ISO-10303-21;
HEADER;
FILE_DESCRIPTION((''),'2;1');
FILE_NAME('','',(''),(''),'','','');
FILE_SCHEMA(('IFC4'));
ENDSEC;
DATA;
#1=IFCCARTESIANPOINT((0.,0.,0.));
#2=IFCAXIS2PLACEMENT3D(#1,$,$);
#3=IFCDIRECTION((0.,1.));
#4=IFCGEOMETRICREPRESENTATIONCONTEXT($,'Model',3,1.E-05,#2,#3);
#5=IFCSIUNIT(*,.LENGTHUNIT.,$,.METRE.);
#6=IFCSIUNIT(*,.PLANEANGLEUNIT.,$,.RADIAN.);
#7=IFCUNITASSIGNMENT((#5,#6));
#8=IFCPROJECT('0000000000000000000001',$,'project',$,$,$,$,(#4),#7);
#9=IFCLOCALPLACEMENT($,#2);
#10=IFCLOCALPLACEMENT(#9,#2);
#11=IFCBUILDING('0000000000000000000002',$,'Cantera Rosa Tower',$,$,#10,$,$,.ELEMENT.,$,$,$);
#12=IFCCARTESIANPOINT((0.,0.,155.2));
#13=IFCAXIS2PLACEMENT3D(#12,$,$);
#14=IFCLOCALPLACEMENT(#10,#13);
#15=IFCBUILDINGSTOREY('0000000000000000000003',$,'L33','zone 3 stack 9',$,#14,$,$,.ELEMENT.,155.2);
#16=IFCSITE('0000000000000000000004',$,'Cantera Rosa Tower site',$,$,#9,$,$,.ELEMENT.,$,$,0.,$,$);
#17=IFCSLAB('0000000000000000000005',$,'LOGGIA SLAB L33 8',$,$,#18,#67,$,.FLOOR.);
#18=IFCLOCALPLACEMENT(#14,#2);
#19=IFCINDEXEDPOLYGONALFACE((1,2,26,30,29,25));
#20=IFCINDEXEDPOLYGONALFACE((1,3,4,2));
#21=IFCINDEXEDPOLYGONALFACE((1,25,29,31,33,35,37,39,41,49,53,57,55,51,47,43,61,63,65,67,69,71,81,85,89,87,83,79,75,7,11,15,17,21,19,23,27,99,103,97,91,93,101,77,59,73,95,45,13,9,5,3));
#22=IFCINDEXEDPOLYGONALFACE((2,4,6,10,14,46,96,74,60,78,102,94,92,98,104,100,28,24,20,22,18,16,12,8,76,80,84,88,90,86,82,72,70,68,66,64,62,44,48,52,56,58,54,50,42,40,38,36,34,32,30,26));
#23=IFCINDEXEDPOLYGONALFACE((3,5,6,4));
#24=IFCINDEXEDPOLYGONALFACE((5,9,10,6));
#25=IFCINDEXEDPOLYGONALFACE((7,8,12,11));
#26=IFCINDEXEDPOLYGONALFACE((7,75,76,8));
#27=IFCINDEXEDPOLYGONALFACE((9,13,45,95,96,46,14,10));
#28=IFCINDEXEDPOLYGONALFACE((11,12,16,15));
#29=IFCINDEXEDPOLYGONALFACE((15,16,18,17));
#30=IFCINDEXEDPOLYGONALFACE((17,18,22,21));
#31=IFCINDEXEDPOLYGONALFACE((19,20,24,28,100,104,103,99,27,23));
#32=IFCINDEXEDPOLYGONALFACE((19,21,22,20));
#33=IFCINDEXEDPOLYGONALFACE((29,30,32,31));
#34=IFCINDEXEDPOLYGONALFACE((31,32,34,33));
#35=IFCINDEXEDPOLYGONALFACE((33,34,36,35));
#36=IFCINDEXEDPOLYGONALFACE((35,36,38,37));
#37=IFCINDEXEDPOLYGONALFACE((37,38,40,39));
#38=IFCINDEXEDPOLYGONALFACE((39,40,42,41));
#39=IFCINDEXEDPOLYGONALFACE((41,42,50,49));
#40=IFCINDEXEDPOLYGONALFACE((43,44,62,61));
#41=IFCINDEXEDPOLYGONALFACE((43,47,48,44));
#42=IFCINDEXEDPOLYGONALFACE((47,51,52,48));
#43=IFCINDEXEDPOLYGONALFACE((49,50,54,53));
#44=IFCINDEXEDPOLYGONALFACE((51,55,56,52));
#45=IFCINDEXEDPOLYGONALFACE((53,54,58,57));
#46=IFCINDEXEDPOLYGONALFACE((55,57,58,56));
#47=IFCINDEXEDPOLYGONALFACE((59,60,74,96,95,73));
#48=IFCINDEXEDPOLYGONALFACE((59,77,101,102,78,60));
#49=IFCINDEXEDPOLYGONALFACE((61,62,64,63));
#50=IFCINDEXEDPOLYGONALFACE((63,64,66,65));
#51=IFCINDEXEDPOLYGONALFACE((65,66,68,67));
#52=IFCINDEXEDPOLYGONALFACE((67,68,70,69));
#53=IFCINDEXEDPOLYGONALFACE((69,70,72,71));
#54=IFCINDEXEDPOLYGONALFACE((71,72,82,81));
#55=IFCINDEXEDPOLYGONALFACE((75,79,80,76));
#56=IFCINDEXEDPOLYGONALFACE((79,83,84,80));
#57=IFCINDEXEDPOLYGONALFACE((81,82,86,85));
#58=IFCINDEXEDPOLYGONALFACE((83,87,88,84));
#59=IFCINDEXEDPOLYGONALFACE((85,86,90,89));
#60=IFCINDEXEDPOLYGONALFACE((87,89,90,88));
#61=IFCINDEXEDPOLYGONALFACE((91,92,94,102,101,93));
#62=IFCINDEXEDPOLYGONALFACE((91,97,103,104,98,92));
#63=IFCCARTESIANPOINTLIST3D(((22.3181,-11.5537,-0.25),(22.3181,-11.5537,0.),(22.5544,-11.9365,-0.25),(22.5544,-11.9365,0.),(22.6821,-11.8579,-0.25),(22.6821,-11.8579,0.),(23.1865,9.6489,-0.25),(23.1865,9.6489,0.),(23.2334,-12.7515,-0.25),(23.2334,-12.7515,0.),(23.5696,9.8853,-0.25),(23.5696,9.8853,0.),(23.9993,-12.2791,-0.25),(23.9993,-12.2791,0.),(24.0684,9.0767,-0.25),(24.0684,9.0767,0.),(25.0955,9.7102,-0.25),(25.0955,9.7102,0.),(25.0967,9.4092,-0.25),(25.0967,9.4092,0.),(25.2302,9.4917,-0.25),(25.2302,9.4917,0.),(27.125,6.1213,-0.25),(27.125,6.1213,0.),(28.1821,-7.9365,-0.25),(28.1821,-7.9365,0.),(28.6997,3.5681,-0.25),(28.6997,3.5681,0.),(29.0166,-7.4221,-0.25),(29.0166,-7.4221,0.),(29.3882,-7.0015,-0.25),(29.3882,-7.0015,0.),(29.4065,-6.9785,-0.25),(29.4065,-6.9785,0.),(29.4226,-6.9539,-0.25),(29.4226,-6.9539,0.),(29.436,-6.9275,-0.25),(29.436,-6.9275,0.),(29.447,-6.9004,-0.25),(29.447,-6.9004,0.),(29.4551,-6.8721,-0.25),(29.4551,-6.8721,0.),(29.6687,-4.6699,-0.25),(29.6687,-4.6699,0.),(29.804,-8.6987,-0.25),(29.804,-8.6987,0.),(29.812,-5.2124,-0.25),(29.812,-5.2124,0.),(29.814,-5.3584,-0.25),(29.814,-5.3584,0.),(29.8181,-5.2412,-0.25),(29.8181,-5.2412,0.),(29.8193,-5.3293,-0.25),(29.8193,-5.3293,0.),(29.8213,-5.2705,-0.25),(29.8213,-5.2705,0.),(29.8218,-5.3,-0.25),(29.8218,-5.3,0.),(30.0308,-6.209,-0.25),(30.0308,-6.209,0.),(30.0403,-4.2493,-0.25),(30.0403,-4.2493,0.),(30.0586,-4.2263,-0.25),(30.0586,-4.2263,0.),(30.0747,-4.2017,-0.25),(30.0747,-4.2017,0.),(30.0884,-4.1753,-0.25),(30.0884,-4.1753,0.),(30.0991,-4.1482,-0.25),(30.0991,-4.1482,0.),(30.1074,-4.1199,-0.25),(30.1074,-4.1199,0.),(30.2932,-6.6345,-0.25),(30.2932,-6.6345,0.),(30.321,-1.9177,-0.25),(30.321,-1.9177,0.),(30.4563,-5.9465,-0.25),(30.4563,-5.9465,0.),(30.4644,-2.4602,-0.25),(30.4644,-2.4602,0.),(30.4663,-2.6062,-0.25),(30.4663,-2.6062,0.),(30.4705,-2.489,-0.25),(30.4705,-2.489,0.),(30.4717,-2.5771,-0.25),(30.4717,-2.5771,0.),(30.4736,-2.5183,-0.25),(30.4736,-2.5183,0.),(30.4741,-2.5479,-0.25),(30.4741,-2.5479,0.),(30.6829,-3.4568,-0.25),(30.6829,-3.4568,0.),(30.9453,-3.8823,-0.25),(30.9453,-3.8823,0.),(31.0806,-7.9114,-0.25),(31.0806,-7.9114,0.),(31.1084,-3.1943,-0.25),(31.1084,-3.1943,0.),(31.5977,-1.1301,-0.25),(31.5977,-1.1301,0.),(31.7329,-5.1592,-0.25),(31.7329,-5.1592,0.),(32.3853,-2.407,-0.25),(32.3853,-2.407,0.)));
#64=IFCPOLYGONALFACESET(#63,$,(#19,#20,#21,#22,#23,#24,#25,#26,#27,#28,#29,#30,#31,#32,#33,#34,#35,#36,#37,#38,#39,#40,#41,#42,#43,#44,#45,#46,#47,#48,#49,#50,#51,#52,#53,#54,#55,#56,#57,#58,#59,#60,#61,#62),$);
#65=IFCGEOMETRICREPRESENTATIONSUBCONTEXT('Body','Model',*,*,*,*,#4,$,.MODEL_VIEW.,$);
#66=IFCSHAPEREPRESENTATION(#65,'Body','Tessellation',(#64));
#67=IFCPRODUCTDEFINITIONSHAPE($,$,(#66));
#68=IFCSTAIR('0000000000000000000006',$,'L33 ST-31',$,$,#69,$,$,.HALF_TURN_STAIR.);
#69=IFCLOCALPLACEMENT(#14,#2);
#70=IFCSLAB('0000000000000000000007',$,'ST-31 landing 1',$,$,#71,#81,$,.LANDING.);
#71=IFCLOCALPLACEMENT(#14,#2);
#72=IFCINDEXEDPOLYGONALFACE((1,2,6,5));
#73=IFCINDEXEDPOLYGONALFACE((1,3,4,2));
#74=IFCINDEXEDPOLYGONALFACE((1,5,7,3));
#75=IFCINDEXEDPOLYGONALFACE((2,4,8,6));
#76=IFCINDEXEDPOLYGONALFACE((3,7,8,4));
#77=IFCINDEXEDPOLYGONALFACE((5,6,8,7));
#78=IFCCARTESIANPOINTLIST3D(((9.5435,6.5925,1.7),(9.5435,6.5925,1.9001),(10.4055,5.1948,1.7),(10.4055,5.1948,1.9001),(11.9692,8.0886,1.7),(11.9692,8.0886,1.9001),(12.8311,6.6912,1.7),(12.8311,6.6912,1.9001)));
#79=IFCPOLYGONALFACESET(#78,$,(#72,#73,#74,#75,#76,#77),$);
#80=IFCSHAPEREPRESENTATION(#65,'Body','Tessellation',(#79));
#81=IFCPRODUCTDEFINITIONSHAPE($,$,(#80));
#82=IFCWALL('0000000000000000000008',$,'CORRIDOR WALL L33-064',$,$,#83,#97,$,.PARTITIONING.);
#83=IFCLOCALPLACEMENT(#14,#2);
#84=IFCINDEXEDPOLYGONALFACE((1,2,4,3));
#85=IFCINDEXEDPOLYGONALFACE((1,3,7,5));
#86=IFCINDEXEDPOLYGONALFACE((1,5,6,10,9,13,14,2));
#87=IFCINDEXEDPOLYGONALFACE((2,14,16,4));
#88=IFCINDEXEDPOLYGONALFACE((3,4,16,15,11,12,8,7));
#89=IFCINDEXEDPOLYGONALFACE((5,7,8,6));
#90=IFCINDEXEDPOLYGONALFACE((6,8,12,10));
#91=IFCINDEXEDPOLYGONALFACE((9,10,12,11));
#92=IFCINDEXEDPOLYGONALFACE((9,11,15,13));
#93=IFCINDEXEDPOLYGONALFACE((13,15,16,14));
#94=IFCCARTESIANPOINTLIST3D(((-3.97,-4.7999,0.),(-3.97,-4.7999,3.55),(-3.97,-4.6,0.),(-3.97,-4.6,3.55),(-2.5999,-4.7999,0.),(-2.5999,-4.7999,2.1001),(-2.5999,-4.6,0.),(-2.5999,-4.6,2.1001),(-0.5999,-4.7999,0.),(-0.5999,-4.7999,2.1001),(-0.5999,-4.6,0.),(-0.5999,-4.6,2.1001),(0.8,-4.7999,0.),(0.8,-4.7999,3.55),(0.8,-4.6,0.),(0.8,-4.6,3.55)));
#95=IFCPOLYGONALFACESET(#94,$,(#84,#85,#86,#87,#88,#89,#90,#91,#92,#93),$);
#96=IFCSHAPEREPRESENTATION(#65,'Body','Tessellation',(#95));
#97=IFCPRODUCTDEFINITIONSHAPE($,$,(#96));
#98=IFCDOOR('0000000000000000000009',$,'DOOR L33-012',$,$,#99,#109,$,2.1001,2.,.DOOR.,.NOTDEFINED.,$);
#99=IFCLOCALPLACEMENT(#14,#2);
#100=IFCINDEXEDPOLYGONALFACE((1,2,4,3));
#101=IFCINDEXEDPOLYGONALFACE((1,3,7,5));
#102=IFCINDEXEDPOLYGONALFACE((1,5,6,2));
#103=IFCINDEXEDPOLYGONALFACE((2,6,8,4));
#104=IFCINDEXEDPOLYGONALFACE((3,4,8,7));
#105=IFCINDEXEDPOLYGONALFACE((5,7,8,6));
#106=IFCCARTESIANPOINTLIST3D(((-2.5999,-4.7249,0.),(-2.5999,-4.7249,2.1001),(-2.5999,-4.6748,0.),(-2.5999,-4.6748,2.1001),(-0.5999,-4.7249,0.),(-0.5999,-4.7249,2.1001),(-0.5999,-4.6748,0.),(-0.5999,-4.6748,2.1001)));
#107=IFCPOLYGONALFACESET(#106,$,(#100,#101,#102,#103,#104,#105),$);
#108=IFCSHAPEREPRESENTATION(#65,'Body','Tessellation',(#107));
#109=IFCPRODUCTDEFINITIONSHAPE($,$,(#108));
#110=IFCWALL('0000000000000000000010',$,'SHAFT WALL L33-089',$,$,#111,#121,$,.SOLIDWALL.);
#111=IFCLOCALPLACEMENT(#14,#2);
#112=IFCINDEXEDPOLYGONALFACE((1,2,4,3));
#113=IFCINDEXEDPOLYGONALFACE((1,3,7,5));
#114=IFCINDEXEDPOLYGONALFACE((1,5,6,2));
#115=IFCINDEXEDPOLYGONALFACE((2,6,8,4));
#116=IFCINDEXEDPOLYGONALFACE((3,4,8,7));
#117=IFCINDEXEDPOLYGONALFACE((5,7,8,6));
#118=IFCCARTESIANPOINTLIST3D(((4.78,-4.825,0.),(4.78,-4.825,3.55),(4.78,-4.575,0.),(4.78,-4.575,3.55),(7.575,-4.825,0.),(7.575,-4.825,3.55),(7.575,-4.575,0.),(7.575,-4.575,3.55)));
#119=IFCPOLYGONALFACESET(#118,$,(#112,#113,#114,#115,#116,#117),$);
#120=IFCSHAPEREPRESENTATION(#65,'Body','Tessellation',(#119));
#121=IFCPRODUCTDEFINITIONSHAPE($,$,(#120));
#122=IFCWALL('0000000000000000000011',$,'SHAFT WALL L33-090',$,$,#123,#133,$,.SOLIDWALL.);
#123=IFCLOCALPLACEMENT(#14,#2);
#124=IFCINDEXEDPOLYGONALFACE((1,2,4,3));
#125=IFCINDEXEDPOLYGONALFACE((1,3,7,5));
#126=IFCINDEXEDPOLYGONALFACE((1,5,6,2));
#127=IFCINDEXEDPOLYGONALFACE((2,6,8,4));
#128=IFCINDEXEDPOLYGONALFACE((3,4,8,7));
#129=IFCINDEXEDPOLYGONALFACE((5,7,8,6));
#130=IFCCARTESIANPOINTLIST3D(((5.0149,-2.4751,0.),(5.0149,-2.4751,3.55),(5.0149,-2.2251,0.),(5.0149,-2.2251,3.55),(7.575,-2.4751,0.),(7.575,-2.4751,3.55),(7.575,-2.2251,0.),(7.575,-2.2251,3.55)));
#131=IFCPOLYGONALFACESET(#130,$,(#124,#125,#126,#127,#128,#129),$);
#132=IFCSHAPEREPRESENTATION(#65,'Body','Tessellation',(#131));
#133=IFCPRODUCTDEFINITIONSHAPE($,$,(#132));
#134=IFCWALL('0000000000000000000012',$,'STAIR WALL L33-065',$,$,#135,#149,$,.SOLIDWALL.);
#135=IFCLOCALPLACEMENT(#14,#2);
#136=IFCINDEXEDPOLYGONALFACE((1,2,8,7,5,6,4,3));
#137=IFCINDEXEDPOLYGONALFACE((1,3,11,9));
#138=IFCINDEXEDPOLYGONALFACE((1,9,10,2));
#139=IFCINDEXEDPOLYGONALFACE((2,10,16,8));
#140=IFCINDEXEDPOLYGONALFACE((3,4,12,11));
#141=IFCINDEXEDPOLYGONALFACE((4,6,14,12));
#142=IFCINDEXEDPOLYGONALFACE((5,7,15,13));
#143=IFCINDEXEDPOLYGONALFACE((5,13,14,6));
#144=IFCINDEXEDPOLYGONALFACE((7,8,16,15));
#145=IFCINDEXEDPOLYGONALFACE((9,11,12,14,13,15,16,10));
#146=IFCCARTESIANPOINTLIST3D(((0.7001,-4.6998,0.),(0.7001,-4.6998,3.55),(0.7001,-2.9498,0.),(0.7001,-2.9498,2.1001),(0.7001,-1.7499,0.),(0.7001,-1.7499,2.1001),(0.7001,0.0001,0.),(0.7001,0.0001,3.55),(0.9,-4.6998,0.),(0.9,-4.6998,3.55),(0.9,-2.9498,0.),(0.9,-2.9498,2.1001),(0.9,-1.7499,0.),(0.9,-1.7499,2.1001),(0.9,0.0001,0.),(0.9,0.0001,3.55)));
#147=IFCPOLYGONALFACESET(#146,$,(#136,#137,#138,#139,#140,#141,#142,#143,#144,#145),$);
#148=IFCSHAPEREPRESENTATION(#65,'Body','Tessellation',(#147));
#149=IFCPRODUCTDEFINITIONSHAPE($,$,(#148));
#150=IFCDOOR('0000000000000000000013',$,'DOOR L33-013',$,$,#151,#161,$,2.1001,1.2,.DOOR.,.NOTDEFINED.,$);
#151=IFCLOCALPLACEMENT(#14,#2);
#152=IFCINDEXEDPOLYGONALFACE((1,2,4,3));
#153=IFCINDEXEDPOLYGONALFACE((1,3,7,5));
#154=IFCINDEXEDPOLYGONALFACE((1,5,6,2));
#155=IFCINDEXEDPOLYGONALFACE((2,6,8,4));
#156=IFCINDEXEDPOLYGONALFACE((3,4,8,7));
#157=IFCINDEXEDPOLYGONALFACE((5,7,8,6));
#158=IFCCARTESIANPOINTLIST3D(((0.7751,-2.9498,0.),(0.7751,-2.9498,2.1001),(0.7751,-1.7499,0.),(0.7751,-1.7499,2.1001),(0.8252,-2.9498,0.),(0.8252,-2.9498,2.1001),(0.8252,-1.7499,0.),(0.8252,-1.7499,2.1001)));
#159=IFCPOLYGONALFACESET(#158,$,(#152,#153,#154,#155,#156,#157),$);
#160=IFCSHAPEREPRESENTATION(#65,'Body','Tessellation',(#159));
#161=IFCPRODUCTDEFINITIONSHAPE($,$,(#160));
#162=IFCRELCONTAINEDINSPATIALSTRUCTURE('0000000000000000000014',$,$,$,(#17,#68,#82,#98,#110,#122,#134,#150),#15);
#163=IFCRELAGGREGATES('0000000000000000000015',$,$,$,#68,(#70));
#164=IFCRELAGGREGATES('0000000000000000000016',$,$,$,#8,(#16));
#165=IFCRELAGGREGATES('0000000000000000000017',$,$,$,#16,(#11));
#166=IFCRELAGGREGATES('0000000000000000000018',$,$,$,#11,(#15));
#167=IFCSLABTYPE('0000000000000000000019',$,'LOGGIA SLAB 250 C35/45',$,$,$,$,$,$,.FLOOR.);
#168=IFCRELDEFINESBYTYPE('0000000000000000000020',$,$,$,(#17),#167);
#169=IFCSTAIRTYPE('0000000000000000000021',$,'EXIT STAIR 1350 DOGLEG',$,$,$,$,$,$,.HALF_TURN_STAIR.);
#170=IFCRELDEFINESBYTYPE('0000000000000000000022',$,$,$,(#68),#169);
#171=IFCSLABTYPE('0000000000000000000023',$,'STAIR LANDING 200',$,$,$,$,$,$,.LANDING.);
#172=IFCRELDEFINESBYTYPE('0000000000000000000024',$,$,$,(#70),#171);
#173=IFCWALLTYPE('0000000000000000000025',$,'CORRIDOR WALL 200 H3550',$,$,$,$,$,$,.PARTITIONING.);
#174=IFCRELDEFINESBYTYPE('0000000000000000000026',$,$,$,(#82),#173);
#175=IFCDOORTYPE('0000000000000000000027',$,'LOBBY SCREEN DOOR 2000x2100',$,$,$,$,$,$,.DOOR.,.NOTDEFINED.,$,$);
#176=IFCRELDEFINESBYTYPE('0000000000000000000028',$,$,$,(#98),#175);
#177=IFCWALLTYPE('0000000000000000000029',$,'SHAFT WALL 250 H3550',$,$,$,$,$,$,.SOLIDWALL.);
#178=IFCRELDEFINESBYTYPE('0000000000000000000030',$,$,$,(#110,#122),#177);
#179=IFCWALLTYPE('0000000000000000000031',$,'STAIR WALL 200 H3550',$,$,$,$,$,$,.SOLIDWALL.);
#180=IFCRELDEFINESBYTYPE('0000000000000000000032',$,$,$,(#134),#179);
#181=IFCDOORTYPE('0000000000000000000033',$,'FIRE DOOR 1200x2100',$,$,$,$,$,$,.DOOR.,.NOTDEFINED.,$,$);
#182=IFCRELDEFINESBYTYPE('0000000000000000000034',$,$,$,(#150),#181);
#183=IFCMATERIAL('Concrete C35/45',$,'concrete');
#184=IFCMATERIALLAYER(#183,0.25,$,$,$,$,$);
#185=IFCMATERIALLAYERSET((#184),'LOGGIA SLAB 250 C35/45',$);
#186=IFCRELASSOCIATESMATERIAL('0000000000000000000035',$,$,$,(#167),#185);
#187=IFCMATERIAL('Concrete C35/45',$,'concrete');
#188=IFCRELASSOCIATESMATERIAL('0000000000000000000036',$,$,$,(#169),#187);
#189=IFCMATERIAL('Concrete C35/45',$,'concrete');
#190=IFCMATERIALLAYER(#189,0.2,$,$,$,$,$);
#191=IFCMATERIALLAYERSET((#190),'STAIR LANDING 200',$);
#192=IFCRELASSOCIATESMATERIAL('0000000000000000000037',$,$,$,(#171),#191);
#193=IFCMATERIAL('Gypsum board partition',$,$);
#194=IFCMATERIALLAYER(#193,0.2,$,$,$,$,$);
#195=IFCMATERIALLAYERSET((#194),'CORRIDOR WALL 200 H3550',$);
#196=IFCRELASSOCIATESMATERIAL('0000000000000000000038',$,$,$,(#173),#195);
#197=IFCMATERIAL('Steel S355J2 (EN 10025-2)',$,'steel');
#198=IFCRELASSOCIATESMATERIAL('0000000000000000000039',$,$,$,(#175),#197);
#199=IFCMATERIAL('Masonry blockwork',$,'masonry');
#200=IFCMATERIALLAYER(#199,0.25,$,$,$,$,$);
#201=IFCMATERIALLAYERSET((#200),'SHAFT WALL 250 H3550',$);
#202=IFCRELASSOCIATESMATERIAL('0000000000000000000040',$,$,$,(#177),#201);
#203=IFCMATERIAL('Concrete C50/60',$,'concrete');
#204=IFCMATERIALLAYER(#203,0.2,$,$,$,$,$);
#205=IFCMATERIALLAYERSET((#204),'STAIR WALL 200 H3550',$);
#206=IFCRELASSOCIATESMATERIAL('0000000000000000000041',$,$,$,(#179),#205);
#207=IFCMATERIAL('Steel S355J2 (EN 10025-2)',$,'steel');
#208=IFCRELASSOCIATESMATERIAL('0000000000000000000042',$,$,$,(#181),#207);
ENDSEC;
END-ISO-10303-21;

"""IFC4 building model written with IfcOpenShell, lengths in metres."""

from ifc_helpers import new_model, si_unit, direction, frame, frame_2d, origin, place, context, subcontext, project, spatial, polyline, rectangle, outline, extrude, material, layer, layer_set, type_object, element, fill, aggregate, save


model = new_model("IFC4")

# Units and contexts
model_context = context("Model", 3, precision=1e-05, world=origin(), true_north=direction((0.0, 1.0)))
body_context = subcontext(model_context, "Body", "Model", "MODEL_VIEW")
ifc_project = project(units=[si_unit("LENGTHUNIT", "METRE"), si_unit("PLANEANGLEUNIT", "RADIAN")], contexts=[model_context])

# Site, building, storey
site_placement = place(None, origin())
site = spatial("IfcSite", under=ifc_project, at=site_placement, Name="Cantera Rosa Tower site", CompositionType="ELEMENT", RefElevation=0.0)
building_placement = place(site_placement, origin())
building = spatial("IfcBuilding", under=site, at=building_placement, Name="Cantera Rosa Tower", CompositionType="ELEMENT")
storey_placement = place(building_placement, frame((0.0, 0.0, 155.2)))
storey = spatial("IfcBuildingStorey", under=building, at=storey_placement, Name="L33", Description="zone 3 stack 9", CompositionType="ELEMENT", Elevation=155.2)

# Slab
ifc_material_1 = material(Name="Concrete C35/45", Category="concrete")
ifc_layer_1 = layer(ifc_material_1, 0.25)
ifc_layer_set_1 = layer_set([ifc_layer_1], Name="LOGGIA SLAB 250 C35/45")
slab_type_1 = type_object("IfcSlabType", Name="LOGGIA SLAB 250 C35/45", PredefinedType="FLOOR", material=ifc_layer_set_1)
slab_1_placement = place(storey_placement, frame((0.0, 0.0, -0.25)))
element("IfcSlab", 1, at=slab_1_placement, inside=storey, type_object=slab_type_1, Name="LOGGIA SLAB L33 8", PredefinedType="FLOOR", context=body_context, shape_type="SweptSolid", body=[
    extrude(outline(polyline([(27.125, 6.1213), (28.6997, 3.5681), (31.5977, -1.1301), (32.3853, -2.407), (31.1084, -3.1943), (30.6829, -3.4568), (30.9453, -3.8823), (31.7329, -5.1592), (30.4563, -5.9465), (30.0308, -6.209), (30.2932, -6.6345), (31.0806, -7.9114), (29.804, -8.6987), (23.9993, -12.2791), (23.2334, -12.7515), (22.6821, -11.8579), (22.5544, -11.9365), (22.3181, -11.5537), (28.1821, -7.9365), (29.0166, -7.4221), (29.3882, -7.0015), (29.4065, -6.9785), (29.4226, -6.9539), (29.436, -6.9275), (29.447, -6.9004), (29.4551, -6.8721), (29.814, -5.3584), (29.8193, -5.3293), (29.8218, -5.3), (29.8213, -5.2705), (29.8181, -5.2412), (29.812, -5.2124), (29.6687, -4.6699), (30.0403, -4.2493), (30.0586, -4.2263), (30.0747, -4.2017), (30.0884, -4.1753), (30.0991, -4.1482), (30.1074, -4.1199), (30.4663, -2.6062), (30.4717, -2.5771), (30.4741, -2.5479), (30.4736, -2.5183), (30.4705, -2.489), (30.4644, -2.4602), (30.321, -1.9177), (23.1865, 9.6489), (23.5696, 9.8853), (24.0684, 9.0767), (25.0955, 9.7102), (25.2302, 9.4917), (25.0967, 9.4092), (27.125, 6.1213)])), origin(), (0.0, 0.0, 1.0), 0.25),
])

# Stair, slab
ifc_material_2 = material(Name="Concrete C35/45", Category="concrete")
stair_type = type_object("IfcStairType", Name="EXIT STAIR 1350 DOGLEG", PredefinedType="HALF_TURN_STAIR", material=ifc_material_2)
stair_placement = place(storey_placement, origin())
stair = element("IfcStair", 2, at=stair_placement, inside=storey, type_object=stair_type, Name="L33 ST-31", PredefinedType="HALF_TURN_STAIR")
ifc_material_3 = material(Name="Concrete C35/45", Category="concrete")
ifc_layer_2 = layer(ifc_material_3, 0.2)
ifc_layer_set_2 = layer_set([ifc_layer_2], Name="STAIR LANDING 200")
slab_type_2 = type_object("IfcSlabType", Name="STAIR LANDING 200", PredefinedType="LANDING", material=ifc_layer_set_2)
slab_2_placement = place(storey_placement, frame((0.0, 0.0, 1.7)))
slab_2 = element("IfcSlab", 3, at=slab_2_placement, type_object=slab_type_2, Name="ST-31 landing 1", PredefinedType="LANDING", context=body_context, shape_type="SweptSolid", body=[
    extrude(outline(polyline([(12.8311, 6.6912), (11.9692, 8.0886), (9.5435, 6.5925), (10.4055, 5.1948), (12.8311, 6.6912)])), origin(), (0.0, 0.0, 1.0), 0.2002),
])
aggregate(stair, [slab_2])

# Wall, opening, door
ifc_material_4 = material(Name="Gypsum board partition")
ifc_layer_3 = layer(ifc_material_4, 0.2)
ifc_layer_set_3 = layer_set([ifc_layer_3], Name="CORRIDOR WALL 200 H3550")
wall_type_1 = type_object("IfcWallType", Name="CORRIDOR WALL 200 H3550", PredefinedType="PARTITIONING", material=ifc_layer_set_3)
wall_1_placement = place(storey_placement, frame((0.8, -4.7, 0.0), z_axis=(0.0, 0.0, 1.0), x_axis=(-1.0, 0.0, 0.0)))
wall_1 = element("IfcWall", 4, at=wall_1_placement, inside=storey, type_object=wall_type_1, Name="CORRIDOR WALL L33-064", PredefinedType="PARTITIONING", context=body_context, shape_type="SweptSolid", body=[
    extrude(rectangle(XDim=4.77, YDim=0.2, at=frame_2d((2.385, 0.0))), origin(), (0.0, 0.0, 1.0), 3.55),
])
opening_1_placement = place(wall_1_placement, frame((1.3999, 0.0, 0.0)))
opening_1 = element("IfcOpeningElement", 5, at=opening_1_placement, cuts=wall_1, PredefinedType="OPENING", context=body_context, shape_type="SweptSolid", body=[
    extrude(rectangle(XDim=2.0, YDim=2.1001, at=frame_2d((1.0, 1.05))), frame((0.0, 0.1099, 0.0), z_axis=(0.0, -1.0, 0.0), x_axis=(1.0, 0.0, 0.0)), (0.0, 0.0, 1.0), 0.22),
])
ifc_material_5 = material(Name="Steel S355J2 (EN 10025-2)", Category="steel")
door_type_1 = type_object("IfcDoorType", Name="LOBBY SCREEN DOOR 2000x2100", OperationType="NOTDEFINED", PredefinedType="DOOR", material=ifc_material_5)
door_1_placement = place(opening_1_placement, origin())
door_1 = element("IfcDoor", 6, at=door_1_placement, inside=storey, type_object=door_type_1, Name="DOOR L33-012", OperationType="NOTDEFINED", OverallHeight=2.1001, OverallWidth=2.0, PredefinedType="DOOR", context=body_context, shape_type="SweptSolid", body=[
    extrude(rectangle(XDim=2.0, YDim=2.1001, at=frame_2d((1.0, 1.05))), frame((0.0, 0.0249, 0.0), z_axis=(0.0, -1.0, 0.0), x_axis=(1.0, 0.0, 0.0)), (0.0, 0.0, 1.0), 0.05),
])
fill(opening_1, door_1)

# Walls
ifc_material_6 = material(Name="Masonry blockwork", Category="masonry")
ifc_layer_4 = layer(ifc_material_6, 0.25)
ifc_layer_set_4 = layer_set([ifc_layer_4], Name="SHAFT WALL 250 H3550")
wall_type_2 = type_object("IfcWallType", Name="SHAFT WALL 250 H3550", PredefinedType="SOLIDWALL", material=ifc_layer_set_4)
wall_2_placement = place(storey_placement, frame((7.575, -4.7, 0.0), z_axis=(0.0, 0.0, 1.0), x_axis=(-1.0, 0.0, 0.0)))
element("IfcWall", 7, at=wall_2_placement, inside=storey, type_object=wall_type_2, Name="SHAFT WALL L33-089", PredefinedType="SOLIDWALL", context=body_context, shape_type="SweptSolid", body=[
    extrude(rectangle(XDim=2.7949, YDim=0.25, at=frame_2d((1.3975, 0.0))), origin(), (0.0, 0.0, 1.0), 3.55),
])
wall_3_placement = place(storey_placement, frame((7.575, -2.3501, 0.0), z_axis=(0.0, 0.0, 1.0), x_axis=(-1.0, 0.0, 0.0)))
element("IfcWall", 8, at=wall_3_placement, inside=storey, type_object=wall_type_2, Name="SHAFT WALL L33-090", PredefinedType="SOLIDWALL", context=body_context, shape_type="SweptSolid", body=[
    extrude(rectangle(XDim=2.5601, YDim=0.25, at=frame_2d((1.28, 0.0))), origin(), (0.0, 0.0, 1.0), 3.55),
])

# Wall, opening, door
ifc_material_7 = material(Name="Concrete C50/60", Category="concrete")
ifc_layer_5 = layer(ifc_material_7, 0.2)
ifc_layer_set_5 = layer_set([ifc_layer_5], Name="STAIR WALL 200 H3550")
wall_type_3 = type_object("IfcWallType", Name="STAIR WALL 200 H3550", PredefinedType="SOLIDWALL", material=ifc_layer_set_5)
wall_4_placement = place(storey_placement, frame((0.8, -4.7, 0.0), z_axis=(0.0, 0.0, 1.0), x_axis=(0.0, 1.0, 0.0)))
wall_4 = element("IfcWall", 9, at=wall_4_placement, inside=storey, type_object=wall_type_3, Name="STAIR WALL L33-065", PredefinedType="SOLIDWALL", context=body_context, shape_type="SweptSolid", body=[
    extrude(rectangle(XDim=4.7, YDim=0.2, at=frame_2d((2.3501, 0.0))), origin(), (0.0, 0.0, 1.0), 3.55),
])
opening_2_placement = place(wall_4_placement, frame((1.75, 0.0, 0.0)))
opening_2 = element("IfcOpeningElement", 10, at=opening_2_placement, cuts=wall_4, PredefinedType="OPENING", context=body_context, shape_type="SweptSolid", body=[
    extrude(rectangle(XDim=1.2, YDim=2.1001, at=frame_2d((0.6001, 1.05))), frame((0.0, 0.1099, 0.0), z_axis=(0.0, -1.0, 0.0), x_axis=(1.0, 0.0, 0.0)), (0.0, 0.0, 1.0), 0.22),
])
ifc_material_8 = material(Name="Steel S355J2 (EN 10025-2)", Category="steel")
door_type_2 = type_object("IfcDoorType", Name="FIRE DOOR 1200x2100", OperationType="NOTDEFINED", PredefinedType="DOOR", material=ifc_material_8)
door_2_placement = place(opening_2_placement, origin())
door_2 = element("IfcDoor", 11, at=door_2_placement, inside=storey, type_object=door_type_2, Name="DOOR L33-013", OperationType="NOTDEFINED", OverallHeight=2.1001, OverallWidth=1.2, PredefinedType="DOOR", context=body_context, shape_type="SweptSolid", body=[
    extrude(rectangle(XDim=1.2, YDim=2.1001, at=frame_2d((0.6001, 1.05))), frame((0.0, 0.0249, 0.0), z_axis=(0.0, -1.0, 0.0), x_axis=(1.0, 0.0, 0.0)), (0.0, 0.0, 1.0), 0.05),
])
fill(opening_2, door_2)

save(model, "model.ifc")
